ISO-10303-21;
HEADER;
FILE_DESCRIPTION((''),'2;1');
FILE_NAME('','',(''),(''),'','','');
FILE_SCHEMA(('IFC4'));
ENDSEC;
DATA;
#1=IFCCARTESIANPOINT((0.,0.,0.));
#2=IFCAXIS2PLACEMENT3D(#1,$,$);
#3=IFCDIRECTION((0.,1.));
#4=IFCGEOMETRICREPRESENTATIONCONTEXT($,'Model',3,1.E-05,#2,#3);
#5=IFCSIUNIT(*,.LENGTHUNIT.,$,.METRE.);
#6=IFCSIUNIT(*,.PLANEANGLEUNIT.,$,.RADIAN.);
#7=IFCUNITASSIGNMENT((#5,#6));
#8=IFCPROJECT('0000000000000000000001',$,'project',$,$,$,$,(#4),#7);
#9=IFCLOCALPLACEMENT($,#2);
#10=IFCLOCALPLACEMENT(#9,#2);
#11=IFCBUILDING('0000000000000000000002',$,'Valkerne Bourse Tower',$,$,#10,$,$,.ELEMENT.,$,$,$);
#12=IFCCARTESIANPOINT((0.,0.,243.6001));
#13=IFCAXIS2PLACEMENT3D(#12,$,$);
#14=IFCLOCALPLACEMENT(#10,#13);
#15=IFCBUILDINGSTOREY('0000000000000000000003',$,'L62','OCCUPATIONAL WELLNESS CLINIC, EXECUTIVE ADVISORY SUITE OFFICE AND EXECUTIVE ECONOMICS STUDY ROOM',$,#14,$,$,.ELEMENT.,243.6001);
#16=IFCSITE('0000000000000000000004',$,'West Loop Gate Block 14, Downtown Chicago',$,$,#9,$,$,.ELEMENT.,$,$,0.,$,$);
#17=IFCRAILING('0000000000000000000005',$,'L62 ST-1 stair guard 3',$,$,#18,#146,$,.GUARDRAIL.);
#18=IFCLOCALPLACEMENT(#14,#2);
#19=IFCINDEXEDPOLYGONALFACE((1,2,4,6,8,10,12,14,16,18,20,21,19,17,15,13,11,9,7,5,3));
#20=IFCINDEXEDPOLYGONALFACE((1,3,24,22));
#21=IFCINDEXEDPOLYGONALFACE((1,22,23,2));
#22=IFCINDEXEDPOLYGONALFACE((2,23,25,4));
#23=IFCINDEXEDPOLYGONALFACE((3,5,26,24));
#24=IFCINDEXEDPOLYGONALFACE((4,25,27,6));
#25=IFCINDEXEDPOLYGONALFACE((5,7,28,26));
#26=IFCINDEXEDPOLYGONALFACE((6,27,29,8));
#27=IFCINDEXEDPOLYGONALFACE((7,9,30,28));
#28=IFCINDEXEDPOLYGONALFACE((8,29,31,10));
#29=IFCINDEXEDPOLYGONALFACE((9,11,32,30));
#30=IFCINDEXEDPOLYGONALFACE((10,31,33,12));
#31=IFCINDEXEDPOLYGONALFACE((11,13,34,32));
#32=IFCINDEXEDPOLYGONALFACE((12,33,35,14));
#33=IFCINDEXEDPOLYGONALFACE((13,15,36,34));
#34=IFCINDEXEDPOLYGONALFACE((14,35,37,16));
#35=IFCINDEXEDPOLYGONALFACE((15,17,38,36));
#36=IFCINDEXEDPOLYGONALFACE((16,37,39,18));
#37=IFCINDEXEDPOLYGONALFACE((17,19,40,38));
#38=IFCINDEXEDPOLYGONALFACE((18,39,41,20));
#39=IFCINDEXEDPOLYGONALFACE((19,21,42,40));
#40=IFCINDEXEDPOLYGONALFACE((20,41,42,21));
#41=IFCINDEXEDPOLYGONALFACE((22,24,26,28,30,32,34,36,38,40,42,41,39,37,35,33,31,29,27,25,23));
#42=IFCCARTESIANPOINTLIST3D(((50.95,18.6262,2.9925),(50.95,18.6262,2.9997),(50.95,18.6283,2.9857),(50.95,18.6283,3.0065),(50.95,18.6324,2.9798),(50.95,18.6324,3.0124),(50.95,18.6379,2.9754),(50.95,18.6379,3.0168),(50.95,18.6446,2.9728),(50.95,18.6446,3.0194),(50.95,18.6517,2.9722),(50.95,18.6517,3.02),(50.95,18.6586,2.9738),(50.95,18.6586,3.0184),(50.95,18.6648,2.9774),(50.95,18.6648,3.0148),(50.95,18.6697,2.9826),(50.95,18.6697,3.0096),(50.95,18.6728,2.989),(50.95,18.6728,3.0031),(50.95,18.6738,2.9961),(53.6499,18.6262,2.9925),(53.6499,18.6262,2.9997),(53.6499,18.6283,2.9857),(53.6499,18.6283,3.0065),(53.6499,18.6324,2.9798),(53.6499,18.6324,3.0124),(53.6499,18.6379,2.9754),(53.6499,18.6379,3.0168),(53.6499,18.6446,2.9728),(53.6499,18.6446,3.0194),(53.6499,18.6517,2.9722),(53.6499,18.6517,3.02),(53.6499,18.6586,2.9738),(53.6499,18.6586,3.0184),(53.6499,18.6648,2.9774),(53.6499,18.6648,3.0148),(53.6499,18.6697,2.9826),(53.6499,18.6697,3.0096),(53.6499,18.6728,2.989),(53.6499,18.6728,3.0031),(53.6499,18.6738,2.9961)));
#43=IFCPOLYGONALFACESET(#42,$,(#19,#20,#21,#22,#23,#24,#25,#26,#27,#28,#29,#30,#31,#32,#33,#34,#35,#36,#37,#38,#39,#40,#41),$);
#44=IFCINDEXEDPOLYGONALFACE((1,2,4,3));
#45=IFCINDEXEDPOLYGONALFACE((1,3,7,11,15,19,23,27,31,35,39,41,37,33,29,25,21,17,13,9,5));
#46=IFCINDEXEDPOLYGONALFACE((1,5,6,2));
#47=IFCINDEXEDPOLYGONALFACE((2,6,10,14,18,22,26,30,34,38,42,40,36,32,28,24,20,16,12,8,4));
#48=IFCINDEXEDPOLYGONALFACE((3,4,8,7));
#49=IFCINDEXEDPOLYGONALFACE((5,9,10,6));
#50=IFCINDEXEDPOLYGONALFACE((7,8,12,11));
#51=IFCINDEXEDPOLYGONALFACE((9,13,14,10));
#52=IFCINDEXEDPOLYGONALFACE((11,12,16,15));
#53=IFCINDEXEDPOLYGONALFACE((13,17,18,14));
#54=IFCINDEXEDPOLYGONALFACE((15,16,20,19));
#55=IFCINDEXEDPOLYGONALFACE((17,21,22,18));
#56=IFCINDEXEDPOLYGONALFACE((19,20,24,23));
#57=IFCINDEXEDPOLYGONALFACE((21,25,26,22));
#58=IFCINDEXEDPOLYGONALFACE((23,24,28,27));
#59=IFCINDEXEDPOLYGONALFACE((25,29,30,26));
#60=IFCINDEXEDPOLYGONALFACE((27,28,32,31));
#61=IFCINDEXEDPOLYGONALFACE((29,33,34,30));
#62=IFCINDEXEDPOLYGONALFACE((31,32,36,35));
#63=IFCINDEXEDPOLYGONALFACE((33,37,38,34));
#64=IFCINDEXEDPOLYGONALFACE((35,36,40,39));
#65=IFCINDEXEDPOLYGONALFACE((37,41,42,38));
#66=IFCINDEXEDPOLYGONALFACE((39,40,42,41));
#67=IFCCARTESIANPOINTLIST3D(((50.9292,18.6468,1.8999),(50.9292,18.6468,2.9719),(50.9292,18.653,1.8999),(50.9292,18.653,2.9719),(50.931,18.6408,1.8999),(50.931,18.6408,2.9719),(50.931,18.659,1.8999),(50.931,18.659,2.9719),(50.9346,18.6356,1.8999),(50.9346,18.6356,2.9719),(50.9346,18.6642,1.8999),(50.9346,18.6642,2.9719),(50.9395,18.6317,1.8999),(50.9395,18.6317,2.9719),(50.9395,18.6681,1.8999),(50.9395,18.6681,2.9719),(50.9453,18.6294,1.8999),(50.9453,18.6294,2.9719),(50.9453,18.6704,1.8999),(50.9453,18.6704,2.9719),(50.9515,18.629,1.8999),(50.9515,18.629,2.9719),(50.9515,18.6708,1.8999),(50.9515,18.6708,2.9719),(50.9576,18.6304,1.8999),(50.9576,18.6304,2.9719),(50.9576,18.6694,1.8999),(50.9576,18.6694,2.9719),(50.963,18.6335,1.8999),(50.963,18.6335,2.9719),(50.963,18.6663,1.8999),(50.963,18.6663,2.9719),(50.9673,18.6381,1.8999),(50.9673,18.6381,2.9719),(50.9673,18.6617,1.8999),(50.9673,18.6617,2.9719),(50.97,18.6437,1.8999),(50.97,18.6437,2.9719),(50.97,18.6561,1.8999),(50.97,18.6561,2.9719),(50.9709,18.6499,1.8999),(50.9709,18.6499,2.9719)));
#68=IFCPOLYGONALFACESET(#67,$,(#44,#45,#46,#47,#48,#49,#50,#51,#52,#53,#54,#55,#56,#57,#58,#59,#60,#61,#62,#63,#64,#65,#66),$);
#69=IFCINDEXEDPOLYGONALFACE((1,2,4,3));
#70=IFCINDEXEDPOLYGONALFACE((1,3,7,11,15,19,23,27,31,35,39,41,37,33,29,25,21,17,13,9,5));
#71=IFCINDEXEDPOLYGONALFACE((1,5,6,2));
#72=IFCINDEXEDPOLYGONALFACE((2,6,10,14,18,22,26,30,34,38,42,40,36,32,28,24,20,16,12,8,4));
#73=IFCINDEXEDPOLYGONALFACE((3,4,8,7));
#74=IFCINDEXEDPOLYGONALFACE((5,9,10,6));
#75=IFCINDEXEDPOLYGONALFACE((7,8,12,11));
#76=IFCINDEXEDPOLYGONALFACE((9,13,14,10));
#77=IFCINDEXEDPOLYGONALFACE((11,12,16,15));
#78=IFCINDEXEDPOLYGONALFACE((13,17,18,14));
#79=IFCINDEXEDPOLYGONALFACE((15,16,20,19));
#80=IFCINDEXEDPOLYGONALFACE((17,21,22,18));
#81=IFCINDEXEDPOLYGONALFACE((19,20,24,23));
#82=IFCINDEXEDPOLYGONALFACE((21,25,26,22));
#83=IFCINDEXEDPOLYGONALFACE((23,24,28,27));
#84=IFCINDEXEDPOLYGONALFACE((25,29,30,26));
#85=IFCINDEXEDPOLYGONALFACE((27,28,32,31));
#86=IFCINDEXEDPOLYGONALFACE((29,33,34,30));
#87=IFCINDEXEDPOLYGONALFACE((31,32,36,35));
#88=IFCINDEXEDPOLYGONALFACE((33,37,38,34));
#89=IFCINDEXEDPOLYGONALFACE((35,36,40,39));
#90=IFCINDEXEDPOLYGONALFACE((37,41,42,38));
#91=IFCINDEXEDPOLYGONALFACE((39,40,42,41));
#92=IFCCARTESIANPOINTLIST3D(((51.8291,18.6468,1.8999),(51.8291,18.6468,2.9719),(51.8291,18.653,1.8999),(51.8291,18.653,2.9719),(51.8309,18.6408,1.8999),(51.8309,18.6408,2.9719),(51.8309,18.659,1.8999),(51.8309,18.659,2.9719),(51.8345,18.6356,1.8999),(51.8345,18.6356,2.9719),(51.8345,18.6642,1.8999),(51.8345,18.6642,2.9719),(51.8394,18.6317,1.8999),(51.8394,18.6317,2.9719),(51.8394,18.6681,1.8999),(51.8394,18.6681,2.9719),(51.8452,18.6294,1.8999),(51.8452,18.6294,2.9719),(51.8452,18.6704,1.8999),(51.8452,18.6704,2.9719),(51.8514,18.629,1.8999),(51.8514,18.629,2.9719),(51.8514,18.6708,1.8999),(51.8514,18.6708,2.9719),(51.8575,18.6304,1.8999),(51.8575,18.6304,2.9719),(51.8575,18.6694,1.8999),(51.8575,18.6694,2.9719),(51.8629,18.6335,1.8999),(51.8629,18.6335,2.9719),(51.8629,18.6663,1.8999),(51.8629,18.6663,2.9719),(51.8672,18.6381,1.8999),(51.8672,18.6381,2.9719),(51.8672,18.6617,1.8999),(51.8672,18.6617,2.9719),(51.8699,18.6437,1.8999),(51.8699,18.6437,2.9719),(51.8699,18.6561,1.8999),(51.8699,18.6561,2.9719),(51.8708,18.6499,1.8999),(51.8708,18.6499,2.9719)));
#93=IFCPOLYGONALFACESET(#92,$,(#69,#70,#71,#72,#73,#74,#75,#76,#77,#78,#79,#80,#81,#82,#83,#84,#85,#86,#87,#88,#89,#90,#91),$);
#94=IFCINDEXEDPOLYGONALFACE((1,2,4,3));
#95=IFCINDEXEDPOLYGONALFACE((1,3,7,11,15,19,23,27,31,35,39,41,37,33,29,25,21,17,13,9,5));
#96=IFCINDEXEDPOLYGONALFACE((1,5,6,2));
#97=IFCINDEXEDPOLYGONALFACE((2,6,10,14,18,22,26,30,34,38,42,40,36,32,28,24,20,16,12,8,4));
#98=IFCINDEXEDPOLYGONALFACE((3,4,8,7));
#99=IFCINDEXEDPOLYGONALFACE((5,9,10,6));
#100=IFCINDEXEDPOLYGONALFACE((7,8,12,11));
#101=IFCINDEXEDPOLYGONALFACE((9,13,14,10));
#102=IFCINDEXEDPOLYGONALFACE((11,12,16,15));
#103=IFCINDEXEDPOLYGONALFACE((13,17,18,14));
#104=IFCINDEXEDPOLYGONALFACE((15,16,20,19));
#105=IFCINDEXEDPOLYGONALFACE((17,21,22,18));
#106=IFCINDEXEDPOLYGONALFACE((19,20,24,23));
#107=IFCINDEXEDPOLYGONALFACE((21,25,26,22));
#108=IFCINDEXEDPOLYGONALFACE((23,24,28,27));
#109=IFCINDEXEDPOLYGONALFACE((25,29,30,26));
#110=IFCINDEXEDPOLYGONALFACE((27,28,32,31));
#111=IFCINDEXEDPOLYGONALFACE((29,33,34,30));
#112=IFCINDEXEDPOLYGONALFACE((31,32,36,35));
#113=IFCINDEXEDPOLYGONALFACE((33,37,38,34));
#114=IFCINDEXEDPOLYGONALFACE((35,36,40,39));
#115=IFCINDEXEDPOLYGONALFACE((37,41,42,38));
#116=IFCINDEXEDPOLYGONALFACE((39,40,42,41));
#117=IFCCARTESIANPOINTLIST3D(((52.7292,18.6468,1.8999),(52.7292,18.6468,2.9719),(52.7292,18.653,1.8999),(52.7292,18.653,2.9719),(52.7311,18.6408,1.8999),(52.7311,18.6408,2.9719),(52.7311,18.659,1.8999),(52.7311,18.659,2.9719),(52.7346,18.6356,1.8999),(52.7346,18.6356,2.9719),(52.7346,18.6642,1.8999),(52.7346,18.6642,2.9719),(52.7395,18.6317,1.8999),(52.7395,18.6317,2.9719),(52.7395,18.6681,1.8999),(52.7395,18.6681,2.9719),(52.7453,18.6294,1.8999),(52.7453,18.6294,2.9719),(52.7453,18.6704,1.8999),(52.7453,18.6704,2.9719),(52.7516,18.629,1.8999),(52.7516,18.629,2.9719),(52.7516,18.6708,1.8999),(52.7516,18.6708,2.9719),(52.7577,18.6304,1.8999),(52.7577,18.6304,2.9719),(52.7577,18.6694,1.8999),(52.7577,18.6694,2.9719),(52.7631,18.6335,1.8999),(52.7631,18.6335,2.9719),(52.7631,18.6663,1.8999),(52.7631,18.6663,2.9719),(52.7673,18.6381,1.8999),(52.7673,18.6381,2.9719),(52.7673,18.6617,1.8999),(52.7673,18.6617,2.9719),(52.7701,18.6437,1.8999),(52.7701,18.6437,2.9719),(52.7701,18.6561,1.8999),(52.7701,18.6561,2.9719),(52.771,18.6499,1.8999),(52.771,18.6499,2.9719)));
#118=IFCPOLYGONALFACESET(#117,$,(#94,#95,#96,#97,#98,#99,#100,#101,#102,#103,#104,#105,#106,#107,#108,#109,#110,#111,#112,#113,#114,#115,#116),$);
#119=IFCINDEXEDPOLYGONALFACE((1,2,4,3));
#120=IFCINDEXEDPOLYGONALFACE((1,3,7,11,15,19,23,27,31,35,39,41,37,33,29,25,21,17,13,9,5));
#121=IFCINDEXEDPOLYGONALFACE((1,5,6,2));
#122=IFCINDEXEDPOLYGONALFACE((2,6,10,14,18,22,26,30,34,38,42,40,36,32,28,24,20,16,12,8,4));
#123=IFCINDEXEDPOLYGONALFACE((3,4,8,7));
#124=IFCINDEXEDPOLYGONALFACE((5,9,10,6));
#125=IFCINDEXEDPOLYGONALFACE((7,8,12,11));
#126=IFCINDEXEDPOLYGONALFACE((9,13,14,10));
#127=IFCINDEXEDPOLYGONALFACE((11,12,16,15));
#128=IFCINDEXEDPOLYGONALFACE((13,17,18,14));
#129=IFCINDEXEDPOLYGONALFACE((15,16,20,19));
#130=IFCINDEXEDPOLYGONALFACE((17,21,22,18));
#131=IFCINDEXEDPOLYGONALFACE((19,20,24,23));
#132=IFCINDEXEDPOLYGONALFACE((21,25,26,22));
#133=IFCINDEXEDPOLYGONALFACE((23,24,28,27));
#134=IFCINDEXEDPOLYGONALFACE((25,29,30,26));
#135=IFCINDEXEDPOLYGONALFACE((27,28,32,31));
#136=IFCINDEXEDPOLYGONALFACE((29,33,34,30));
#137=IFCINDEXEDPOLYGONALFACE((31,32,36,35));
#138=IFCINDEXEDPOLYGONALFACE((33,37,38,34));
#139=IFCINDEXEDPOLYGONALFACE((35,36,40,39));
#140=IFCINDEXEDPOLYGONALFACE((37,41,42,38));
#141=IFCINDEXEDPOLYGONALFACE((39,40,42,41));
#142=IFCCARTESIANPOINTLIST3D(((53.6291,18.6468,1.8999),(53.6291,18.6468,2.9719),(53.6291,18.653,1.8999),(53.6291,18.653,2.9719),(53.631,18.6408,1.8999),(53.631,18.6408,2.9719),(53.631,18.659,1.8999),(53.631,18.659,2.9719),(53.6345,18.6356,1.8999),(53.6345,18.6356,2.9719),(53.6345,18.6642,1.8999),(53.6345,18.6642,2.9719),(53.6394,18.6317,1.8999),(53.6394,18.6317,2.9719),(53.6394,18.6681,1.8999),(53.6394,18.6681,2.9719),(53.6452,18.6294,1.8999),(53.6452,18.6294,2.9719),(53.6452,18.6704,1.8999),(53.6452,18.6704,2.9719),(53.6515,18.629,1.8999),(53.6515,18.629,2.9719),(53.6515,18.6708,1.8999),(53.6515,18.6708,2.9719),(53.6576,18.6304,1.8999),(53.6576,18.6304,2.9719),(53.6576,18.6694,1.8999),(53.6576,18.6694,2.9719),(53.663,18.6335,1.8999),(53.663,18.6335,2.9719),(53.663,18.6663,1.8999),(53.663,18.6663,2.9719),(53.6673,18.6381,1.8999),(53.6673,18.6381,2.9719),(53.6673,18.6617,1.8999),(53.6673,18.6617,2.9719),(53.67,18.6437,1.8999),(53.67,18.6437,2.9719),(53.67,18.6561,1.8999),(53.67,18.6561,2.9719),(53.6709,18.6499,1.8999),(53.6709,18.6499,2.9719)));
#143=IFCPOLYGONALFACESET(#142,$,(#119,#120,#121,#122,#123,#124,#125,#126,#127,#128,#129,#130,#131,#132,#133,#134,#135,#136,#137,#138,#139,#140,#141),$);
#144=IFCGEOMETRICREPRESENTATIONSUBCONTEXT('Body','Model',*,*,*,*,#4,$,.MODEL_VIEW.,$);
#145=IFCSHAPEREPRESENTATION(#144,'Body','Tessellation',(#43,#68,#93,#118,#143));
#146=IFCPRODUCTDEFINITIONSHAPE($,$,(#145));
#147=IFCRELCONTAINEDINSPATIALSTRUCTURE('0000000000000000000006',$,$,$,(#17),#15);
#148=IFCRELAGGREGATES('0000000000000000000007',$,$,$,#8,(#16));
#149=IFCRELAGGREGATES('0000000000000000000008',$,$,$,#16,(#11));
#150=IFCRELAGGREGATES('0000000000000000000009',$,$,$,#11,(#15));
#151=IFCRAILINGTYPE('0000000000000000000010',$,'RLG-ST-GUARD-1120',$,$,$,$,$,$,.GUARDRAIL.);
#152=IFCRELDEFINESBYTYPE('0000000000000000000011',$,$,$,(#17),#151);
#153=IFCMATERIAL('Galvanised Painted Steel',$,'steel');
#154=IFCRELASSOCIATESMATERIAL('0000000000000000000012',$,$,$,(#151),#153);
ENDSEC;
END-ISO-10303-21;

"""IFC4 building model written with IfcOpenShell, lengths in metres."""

from ifc_helpers import new_model, si_unit, direction, frame, origin, origin_2d, place, context, subcontext, project, spatial, circle, extrude, material, type_object, element, save


model = new_model("IFC4")

# Units and contexts
model_context = context("Model", 3, precision=1e-05, world=origin(), true_north=direction((0.0, 1.0)))
body_context = subcontext(model_context, "Body", "Model", "MODEL_VIEW")
ifc_project = project(units=[si_unit("LENGTHUNIT", "METRE"), si_unit("PLANEANGLEUNIT", "RADIAN")], contexts=[model_context])

# Site, building, storey
site_placement = place(None, origin())
site = spatial("IfcSite", under=ifc_project, at=site_placement, Name="West Loop Gate Block 14, Downtown Chicago", CompositionType="ELEMENT", RefElevation=0.0)
building_placement = place(site_placement, origin())
building = spatial("IfcBuilding", under=site, at=building_placement, Name="Valkerne Bourse Tower", CompositionType="ELEMENT")
storey_placement = place(building_placement, frame((0.0, 0.0, 243.6001)))
storey = spatial("IfcBuildingStorey", under=building, at=storey_placement, Name="L62", Description="OCCUPATIONAL WELLNESS CLINIC, EXECUTIVE ADVISORY SUITE OFFICE AND EXECUTIVE ECONOMICS STUDY ROOM", CompositionType="ELEMENT", Elevation=243.6001)

# Shared definitions
ifc_material_1 = material(Name="Galvanised Painted Steel", Category="steel")

# Railing
railing_type_1 = type_object("IfcRailingType", Name="RLG-ST-GUARD-1120", PredefinedType="GUARDRAIL", material=ifc_material_1)
for number, where, name in (
    (1, (50.95, 18.6499, 1.8999), "L62 ST-1 stair guard 3"),
):
    element("IfcRailing", number, at=place(storey_placement, frame(where)), inside=storey, type_object=railing_type_1, Name=name, PredefinedType="GUARDRAIL", context=body_context, shape_type="SweptSolid", body=[
        extrude(circle(Radius=0.0239, at=origin_2d()), frame((0.0, 0.0, 1.0962), z_axis=(1.0, 0.0, 0.0), x_axis=(0.0, 1.0, 0.0)), (0.0, 0.0, 1.0), 2.7),
        extrude(circle(Radius=0.021, at=origin_2d()), origin(), (0.0, 0.0, 1.0), 1.072),
        extrude(circle(Radius=0.021, at=origin_2d()), frame((0.8999, 0.0, 0.0)), (0.0, 0.0, 1.0), 1.072),
        extrude(circle(Radius=0.021, at=origin_2d()), frame((1.8, 0.0, 0.0)), (0.0, 0.0, 1.0), 1.072),
        extrude(circle(Radius=0.021, at=origin_2d()), frame((2.7, 0.0, 0.0)), (0.0, 0.0, 1.0), 1.072),
    ])

save(model, "model.ifc")
